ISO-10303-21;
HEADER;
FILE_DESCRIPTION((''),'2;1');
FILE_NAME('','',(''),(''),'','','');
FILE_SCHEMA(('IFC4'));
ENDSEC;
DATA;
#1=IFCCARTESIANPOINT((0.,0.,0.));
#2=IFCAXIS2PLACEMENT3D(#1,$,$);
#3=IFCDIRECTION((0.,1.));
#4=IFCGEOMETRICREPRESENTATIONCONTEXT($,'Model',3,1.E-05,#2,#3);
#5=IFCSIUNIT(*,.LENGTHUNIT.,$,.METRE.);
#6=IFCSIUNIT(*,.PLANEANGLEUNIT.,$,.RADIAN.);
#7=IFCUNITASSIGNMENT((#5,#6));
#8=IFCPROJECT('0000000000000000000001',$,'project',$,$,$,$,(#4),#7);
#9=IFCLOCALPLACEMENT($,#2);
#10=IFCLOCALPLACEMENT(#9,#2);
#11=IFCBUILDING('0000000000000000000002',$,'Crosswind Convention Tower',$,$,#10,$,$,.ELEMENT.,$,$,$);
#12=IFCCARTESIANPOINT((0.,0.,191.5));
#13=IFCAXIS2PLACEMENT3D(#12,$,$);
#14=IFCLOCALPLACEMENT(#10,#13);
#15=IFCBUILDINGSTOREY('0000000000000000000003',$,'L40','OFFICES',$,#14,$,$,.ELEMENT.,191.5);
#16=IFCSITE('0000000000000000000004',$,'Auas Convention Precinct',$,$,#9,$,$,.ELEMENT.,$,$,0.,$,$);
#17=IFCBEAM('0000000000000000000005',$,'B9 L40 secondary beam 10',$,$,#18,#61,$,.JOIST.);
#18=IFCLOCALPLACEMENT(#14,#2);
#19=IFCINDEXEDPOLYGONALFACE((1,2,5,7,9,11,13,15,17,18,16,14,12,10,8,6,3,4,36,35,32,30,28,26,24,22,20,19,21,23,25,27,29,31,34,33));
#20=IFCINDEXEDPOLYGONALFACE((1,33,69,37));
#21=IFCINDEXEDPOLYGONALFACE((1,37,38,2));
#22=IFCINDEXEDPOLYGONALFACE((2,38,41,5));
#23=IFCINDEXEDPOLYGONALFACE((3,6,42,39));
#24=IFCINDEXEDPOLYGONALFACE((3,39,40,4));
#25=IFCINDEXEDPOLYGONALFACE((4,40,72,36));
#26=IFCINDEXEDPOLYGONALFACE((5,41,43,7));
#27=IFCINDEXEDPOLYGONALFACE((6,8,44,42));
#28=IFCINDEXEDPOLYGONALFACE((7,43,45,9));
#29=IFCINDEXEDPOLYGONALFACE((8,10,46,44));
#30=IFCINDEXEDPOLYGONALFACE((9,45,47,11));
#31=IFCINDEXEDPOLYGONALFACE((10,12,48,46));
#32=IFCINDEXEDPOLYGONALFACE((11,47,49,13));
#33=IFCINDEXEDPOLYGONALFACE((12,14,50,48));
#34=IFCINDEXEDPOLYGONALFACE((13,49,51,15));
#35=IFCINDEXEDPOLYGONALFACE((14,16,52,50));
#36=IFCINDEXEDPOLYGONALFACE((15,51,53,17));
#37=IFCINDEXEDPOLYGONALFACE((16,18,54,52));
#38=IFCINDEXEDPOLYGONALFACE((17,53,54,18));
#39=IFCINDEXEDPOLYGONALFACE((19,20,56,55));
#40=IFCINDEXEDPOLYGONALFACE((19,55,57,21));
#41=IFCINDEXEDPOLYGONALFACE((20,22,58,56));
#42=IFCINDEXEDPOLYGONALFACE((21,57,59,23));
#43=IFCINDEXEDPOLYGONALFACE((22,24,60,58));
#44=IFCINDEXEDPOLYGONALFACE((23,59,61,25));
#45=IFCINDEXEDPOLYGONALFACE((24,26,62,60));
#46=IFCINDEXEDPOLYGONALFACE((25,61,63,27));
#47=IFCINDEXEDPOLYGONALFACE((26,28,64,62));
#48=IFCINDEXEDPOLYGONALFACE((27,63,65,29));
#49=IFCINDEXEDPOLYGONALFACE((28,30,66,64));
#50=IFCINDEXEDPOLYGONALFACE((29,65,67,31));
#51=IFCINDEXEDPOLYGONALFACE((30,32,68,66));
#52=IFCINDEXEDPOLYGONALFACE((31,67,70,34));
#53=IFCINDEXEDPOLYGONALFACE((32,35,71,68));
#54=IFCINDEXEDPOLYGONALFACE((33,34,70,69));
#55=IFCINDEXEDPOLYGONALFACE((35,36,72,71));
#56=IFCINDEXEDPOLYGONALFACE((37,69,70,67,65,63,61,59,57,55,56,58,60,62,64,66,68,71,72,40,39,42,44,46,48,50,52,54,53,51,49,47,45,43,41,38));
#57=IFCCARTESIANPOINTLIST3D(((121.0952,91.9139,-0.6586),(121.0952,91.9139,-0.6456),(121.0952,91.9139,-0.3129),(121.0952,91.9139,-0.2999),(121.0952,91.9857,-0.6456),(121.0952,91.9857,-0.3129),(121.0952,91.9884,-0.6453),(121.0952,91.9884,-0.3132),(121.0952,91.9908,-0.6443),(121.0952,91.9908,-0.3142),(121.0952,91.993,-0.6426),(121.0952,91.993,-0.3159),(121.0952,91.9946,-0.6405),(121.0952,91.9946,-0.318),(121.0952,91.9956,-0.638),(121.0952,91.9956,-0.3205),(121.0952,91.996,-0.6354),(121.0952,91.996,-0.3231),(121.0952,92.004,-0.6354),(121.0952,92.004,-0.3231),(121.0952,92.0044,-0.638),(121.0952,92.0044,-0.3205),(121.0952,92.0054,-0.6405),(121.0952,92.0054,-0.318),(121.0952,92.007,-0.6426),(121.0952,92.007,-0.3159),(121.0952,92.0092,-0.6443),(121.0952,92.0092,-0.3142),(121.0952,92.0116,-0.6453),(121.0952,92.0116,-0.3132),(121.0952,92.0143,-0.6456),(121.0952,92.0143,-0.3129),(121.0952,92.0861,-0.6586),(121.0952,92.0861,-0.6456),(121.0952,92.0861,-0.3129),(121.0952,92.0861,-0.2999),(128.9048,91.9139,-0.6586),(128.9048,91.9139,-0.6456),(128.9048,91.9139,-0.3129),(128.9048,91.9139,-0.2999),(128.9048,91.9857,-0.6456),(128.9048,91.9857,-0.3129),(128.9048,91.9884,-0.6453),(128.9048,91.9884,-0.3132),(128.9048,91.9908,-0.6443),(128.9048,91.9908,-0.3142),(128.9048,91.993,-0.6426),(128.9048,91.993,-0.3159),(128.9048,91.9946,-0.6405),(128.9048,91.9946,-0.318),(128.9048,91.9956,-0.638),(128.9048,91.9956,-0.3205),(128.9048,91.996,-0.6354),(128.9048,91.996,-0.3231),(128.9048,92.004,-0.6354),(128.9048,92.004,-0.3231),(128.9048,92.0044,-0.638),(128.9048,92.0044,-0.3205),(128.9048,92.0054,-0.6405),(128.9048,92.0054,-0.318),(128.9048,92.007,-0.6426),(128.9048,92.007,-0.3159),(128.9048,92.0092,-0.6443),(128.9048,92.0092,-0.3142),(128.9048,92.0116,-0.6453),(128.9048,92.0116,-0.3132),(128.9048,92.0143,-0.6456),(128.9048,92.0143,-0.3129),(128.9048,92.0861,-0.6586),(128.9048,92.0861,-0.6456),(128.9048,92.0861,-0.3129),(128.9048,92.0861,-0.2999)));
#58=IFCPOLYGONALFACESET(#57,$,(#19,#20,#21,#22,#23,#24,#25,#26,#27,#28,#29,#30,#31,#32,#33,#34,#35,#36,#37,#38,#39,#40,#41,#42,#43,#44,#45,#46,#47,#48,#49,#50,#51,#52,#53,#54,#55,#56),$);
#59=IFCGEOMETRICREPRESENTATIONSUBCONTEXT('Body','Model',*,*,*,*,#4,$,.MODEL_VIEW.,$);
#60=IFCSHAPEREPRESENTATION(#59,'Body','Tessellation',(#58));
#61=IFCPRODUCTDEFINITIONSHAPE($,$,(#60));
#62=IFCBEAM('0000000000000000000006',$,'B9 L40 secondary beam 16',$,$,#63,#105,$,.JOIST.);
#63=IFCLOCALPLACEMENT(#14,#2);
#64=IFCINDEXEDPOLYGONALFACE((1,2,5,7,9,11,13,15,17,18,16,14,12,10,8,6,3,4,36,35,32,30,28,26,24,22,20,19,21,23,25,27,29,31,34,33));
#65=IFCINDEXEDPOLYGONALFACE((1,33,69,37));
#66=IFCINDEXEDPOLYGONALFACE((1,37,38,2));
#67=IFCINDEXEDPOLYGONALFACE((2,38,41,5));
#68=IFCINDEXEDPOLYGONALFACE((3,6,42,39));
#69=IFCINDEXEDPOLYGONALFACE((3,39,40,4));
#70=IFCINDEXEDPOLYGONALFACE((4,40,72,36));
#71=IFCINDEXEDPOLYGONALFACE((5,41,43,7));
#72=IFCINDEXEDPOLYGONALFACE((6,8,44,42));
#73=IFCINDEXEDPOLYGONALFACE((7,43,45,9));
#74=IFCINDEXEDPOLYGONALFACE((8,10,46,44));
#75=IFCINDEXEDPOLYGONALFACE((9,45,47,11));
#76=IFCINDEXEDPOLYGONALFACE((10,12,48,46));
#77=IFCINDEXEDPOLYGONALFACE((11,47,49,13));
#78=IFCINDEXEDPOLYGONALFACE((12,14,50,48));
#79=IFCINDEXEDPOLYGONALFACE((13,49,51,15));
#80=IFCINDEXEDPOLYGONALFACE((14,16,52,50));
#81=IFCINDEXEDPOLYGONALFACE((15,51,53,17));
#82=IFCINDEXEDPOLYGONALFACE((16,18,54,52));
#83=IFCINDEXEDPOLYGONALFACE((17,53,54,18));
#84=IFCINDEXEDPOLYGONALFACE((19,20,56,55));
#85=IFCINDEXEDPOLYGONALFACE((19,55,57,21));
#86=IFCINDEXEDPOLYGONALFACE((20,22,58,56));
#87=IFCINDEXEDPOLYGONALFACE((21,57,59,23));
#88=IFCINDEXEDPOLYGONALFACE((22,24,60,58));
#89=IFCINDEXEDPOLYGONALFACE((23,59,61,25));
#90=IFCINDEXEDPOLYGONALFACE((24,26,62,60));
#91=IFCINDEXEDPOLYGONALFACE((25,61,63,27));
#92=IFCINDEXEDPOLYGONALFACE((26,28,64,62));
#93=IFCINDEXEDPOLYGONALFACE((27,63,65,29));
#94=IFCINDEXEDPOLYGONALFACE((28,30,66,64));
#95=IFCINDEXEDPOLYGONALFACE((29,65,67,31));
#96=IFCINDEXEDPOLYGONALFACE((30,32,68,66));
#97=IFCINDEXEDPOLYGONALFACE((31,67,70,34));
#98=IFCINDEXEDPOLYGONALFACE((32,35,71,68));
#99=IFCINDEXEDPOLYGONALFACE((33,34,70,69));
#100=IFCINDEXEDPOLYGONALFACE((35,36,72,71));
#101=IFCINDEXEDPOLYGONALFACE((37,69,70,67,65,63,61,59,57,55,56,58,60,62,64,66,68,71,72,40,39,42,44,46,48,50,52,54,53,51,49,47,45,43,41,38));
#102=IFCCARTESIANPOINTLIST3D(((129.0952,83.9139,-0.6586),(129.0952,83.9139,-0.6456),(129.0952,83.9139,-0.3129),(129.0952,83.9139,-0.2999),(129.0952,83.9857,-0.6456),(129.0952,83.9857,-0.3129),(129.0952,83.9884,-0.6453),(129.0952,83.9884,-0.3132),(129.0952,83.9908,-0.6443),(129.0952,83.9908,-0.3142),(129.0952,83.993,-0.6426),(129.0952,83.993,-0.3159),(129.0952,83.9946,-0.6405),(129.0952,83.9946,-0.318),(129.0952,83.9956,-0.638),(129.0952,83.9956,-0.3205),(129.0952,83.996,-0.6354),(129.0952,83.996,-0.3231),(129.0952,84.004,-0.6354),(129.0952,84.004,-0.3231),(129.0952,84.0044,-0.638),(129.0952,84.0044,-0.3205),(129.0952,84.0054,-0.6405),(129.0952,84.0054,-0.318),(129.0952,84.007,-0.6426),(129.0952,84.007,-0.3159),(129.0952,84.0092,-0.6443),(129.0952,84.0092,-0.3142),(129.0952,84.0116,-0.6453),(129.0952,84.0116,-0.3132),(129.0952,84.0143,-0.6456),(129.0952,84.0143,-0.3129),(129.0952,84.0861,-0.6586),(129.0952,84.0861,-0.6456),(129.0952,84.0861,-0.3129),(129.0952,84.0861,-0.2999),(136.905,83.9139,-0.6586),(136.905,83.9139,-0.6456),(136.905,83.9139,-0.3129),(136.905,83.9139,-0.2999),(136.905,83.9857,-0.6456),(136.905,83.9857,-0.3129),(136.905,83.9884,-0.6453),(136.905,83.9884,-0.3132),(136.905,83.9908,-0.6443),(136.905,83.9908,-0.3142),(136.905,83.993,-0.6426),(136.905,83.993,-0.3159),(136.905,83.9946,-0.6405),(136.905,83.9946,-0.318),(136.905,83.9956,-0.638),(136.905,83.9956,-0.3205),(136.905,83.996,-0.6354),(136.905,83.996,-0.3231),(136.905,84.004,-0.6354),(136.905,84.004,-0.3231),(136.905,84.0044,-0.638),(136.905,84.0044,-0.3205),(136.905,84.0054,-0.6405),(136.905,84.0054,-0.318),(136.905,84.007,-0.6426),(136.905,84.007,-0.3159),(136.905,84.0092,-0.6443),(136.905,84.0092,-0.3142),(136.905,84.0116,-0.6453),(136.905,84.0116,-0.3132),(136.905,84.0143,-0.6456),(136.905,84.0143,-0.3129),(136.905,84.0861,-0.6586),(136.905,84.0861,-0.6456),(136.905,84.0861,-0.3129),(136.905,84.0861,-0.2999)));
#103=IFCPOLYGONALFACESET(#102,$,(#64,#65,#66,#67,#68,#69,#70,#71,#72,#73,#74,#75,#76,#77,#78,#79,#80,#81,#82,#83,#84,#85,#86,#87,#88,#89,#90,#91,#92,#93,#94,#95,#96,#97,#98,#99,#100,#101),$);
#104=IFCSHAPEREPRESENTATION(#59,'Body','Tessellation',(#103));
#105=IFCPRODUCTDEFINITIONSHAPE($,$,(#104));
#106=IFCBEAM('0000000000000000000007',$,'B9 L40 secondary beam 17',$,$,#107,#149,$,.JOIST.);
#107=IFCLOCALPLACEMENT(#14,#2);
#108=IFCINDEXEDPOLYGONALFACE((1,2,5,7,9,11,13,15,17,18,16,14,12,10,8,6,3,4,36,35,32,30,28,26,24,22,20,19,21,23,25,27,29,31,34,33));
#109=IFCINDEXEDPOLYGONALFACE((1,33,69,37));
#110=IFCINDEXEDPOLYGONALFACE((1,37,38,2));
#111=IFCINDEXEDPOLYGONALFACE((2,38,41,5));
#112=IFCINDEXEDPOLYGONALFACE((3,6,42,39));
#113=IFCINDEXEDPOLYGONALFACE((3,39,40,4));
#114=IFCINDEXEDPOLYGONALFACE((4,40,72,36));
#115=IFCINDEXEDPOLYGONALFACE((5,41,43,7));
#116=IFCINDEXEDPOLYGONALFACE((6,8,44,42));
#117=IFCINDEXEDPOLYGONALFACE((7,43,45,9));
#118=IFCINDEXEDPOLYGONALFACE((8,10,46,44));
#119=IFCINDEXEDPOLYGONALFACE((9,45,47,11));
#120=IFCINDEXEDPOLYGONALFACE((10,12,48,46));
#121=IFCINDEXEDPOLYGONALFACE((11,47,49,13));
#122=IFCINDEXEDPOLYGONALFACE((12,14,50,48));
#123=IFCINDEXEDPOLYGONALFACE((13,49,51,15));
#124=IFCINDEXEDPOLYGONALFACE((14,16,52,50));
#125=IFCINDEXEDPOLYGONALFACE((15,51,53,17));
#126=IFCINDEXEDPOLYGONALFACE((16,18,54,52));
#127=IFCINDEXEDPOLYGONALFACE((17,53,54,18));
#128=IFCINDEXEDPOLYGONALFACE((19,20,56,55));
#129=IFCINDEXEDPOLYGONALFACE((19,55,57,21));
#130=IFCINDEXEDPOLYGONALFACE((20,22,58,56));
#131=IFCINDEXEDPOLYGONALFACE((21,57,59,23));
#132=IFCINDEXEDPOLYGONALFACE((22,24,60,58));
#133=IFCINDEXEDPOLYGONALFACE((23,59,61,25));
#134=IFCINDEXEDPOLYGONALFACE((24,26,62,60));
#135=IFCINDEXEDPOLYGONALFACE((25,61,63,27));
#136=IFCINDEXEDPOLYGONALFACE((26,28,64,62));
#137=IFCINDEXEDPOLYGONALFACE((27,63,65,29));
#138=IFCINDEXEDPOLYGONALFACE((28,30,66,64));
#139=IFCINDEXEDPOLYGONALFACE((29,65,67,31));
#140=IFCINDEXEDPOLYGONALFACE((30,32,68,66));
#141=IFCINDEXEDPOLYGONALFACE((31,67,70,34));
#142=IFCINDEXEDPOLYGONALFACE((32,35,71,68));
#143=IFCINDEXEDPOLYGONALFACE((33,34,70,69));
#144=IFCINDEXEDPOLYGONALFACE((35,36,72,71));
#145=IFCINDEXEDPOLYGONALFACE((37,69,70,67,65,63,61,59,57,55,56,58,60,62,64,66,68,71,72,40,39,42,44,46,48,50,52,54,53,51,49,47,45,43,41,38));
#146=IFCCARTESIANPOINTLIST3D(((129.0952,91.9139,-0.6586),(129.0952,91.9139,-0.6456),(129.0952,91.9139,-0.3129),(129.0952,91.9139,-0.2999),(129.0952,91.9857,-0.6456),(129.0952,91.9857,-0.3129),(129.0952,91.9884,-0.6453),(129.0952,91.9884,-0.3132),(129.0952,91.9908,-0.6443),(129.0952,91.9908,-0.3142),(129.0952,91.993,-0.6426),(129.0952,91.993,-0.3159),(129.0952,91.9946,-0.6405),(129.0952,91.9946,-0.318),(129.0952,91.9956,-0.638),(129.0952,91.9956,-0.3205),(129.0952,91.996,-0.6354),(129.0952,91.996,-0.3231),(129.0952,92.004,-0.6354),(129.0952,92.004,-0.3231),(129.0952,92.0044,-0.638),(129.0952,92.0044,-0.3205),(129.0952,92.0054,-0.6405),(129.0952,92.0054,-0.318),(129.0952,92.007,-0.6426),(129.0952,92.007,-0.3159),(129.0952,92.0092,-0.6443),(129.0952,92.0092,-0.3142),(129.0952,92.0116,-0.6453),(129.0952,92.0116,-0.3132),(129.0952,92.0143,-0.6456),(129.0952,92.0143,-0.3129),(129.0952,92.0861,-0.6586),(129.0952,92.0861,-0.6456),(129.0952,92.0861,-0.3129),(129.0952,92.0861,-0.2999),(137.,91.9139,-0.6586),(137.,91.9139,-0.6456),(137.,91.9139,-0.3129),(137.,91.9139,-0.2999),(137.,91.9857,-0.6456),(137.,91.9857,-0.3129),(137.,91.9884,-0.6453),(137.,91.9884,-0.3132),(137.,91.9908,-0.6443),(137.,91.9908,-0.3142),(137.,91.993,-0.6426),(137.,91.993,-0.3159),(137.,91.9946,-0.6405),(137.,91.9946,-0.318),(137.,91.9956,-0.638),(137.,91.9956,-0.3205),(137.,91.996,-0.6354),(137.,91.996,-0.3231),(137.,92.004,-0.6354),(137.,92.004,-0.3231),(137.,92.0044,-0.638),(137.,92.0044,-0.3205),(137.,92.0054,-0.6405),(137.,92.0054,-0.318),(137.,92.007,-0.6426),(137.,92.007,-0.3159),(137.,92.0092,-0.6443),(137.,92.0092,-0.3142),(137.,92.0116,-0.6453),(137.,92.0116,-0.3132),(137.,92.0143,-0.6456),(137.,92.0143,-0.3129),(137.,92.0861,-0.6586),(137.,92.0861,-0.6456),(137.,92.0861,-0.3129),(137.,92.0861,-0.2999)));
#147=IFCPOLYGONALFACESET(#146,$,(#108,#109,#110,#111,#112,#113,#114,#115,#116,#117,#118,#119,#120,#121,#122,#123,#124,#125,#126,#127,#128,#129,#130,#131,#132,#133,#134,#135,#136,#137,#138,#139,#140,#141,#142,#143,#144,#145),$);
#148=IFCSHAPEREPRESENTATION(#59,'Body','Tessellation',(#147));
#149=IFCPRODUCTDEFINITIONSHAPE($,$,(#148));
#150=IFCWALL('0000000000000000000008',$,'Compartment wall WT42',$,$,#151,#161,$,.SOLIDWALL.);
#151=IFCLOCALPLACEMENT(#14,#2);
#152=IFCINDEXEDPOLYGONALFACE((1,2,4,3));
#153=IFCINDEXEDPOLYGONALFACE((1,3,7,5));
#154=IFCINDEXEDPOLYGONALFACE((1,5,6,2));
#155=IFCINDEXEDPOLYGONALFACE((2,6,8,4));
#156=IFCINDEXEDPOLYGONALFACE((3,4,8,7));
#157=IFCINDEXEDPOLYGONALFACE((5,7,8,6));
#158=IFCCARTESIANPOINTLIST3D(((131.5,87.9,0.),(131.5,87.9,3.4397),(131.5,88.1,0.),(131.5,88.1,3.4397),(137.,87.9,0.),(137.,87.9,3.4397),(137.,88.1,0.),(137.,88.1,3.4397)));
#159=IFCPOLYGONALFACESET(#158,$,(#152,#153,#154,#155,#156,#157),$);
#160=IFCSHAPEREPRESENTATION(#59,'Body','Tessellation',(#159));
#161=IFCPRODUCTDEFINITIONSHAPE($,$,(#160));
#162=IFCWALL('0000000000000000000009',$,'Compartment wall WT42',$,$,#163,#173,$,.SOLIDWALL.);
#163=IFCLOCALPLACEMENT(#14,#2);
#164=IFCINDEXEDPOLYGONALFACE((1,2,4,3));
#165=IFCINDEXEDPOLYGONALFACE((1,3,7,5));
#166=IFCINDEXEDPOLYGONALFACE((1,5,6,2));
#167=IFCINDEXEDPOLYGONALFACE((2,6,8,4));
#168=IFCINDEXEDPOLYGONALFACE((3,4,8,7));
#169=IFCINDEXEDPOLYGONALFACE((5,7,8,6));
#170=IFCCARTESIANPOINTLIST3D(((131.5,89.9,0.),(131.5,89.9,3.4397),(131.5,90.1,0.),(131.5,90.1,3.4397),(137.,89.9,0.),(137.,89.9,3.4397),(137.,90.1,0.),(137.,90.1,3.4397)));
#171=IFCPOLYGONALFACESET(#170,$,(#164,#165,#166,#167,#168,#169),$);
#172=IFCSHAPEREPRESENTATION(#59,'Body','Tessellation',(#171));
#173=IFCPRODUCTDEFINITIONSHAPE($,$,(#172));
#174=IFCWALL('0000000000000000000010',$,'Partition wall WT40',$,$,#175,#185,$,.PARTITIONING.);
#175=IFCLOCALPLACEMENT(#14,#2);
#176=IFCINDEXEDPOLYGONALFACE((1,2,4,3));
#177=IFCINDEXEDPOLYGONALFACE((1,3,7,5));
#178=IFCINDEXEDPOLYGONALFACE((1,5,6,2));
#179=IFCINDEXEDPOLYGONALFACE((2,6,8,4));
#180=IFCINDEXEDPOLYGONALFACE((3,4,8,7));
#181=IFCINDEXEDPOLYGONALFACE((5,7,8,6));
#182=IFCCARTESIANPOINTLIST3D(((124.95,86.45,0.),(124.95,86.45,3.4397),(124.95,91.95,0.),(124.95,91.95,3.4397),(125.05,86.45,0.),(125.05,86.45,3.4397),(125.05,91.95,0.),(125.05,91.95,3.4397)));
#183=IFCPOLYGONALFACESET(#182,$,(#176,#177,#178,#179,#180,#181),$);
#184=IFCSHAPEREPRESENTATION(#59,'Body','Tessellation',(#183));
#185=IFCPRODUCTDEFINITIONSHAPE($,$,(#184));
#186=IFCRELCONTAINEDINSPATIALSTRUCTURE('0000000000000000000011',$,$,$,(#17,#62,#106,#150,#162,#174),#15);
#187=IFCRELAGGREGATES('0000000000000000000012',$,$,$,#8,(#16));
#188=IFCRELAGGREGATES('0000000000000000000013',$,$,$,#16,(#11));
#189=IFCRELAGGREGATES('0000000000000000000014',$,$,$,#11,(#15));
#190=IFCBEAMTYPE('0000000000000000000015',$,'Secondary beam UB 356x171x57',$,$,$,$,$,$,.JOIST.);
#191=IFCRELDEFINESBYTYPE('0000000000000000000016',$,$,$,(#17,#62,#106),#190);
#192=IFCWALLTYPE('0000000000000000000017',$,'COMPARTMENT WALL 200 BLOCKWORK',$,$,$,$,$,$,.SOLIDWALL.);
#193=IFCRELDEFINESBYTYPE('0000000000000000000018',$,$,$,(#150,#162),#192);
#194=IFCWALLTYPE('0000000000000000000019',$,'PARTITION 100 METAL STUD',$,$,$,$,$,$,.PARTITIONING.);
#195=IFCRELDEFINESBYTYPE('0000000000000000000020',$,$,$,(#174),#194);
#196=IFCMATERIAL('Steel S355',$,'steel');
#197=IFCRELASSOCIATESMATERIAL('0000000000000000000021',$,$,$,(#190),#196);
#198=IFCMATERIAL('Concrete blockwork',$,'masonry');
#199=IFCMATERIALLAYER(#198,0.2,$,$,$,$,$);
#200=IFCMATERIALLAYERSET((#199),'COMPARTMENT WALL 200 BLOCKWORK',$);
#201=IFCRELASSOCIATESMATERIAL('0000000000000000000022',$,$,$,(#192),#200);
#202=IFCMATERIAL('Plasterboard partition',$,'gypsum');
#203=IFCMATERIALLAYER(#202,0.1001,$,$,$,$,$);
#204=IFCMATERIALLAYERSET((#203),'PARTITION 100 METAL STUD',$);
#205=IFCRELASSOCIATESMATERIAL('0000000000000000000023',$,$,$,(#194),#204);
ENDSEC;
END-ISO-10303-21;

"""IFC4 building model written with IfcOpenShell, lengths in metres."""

from ifc_helpers import new_model, si_unit, direction, frame, frame_2d, origin, origin_2d, place, context, subcontext, project, spatial, rectangle, i_section, extrude, material, layer, layer_set, material_profile, profile_set, type_object, element, save


model = new_model("IFC4")

# Units and contexts
model_context = context("Model", 3, precision=1e-05, world=origin(), true_north=direction((0.0, 1.0)))
body_context = subcontext(model_context, "Body", "Model", "MODEL_VIEW")
ifc_project = project(units=[si_unit("LENGTHUNIT", "METRE"), si_unit("PLANEANGLEUNIT", "RADIAN")], contexts=[model_context])

# Site, building, storey
site_placement = place(None, origin())
site = spatial("IfcSite", under=ifc_project, at=site_placement, Name="Auas Convention Precinct", CompositionType="ELEMENT", RefElevation=0.0)
building_placement = place(site_placement, origin())
building = spatial("IfcBuilding", under=site, at=building_placement, Name="Crosswind Convention Tower", CompositionType="ELEMENT")
storey_placement = place(building_placement, frame((0.0, 0.0, 191.5)))
storey = spatial("IfcBuildingStorey", under=building, at=storey_placement, Name="L40", Description="OFFICES", CompositionType="ELEMENT", Elevation=191.5)

# Beams
ifc_material_1 = material(Name="Steel S355", Category="steel")
ifc_material_profile_1 = material_profile(ifc_material_1, i_section(OverallWidth=0.1721, OverallDepth=0.3586, WebThickness=0.0081, FlangeThickness=0.0129, FilletRadius=0.0103, at=origin_2d()), Name="UB 356x171x57")
ifc_profile_set_1 = profile_set([ifc_material_profile_1], Name="Steel S355")
beam_type_1 = type_object("IfcBeamType", Name="Secondary beam UB 356x171x57", PredefinedType="JOIST", material=ifc_profile_set_1)
for number, where, z_axis, x_axis, name in (
    (1, (121.0952, 92.0, -0.4792), (1.0, 0.0, 0.0), (0.0, 1.0, 0.0), "B9 L40 secondary beam 10"),
):
    element("IfcBeam", number, at=place(storey_placement, frame(where, z_axis=z_axis, x_axis=x_axis)), inside=storey, type_object=beam_type_1, Name=name, PredefinedType="JOIST", context=body_context, shape_type="SweptSolid", body=[
        extrude(i_section(OverallWidth=0.1721, OverallDepth=0.3586, WebThickness=0.0081, FlangeThickness=0.0129, FilletRadius=0.0103, at=origin_2d()), origin(), (0.0, 0.0, 1.0), 7.8096),
    ])
beam_1_placement = place(storey_placement, frame((129.0952, 84.0, -0.4792), z_axis=(1.0, 0.0, 0.0), x_axis=(0.0, 1.0, 0.0)))
element("IfcBeam", 2, at=beam_1_placement, inside=storey, type_object=beam_type_1, Name="B9 L40 secondary beam 16", PredefinedType="JOIST", context=body_context, shape_type="SweptSolid", body=[
    extrude(i_section(OverallWidth=0.1721, OverallDepth=0.3586, WebThickness=0.0081, FlangeThickness=0.0129, FilletRadius=0.0103, at=origin_2d()), origin(), (0.0, 0.0, 1.0), 7.8098),
])
beam_2_placement = place(storey_placement, frame((129.0952, 92.0, -0.4792), z_axis=(1.0, 0.0, 0.0), x_axis=(0.0, 1.0, 0.0)))
element("IfcBeam", 3, at=beam_2_placement, inside=storey, type_object=beam_type_1, Name="B9 L40 secondary beam 17", PredefinedType="JOIST", context=body_context, shape_type="SweptSolid", body=[
    extrude(i_section(OverallWidth=0.1721, OverallDepth=0.3586, WebThickness=0.0081, FlangeThickness=0.0129, FilletRadius=0.0103, at=origin_2d()), origin(), (0.0, 0.0, 1.0), 7.9048),
])

# Walls
ifc_material_2 = material(Name="Concrete blockwork", Category="masonry")
ifc_layer_1 = layer(ifc_material_2, 0.2)
ifc_layer_set_1 = layer_set([ifc_layer_1], Name="COMPARTMENT WALL 200 BLOCKWORK")
wall_type_1 = type_object("IfcWallType", Name="COMPARTMENT WALL 200 BLOCKWORK", PredefinedType="SOLIDWALL", material=ifc_layer_set_1)
for number, where, z_axis, x_axis, name in (
    (4, (131.5, 88.0, 0.0), (0.0, 0.0, 1.0), (1.0, 0.0, 0.0), "Compartment wall WT42"),
    (5, (131.5, 90.0, 0.0), (0.0, 0.0, 1.0), (1.0, 0.0, 0.0), "Compartment wall WT42"),
):
    element("IfcWall", number, at=place(storey_placement, frame(where, z_axis=z_axis, x_axis=x_axis)), inside=storey, type_object=wall_type_1, Name=name, PredefinedType="SOLIDWALL", context=body_context, shape_type="SweptSolid", body=[
        extrude(rectangle(XDim=5.5, YDim=0.2, at=frame_2d((2.75, 0.0))), origin(), (0.0, 0.0, 1.0), 3.4397),
    ])
ifc_material_3 = material(Name="Plasterboard partition", Category="gypsum")
ifc_layer_2 = layer(ifc_material_3, 0.1001)
ifc_layer_set_2 = layer_set([ifc_layer_2], Name="PARTITION 100 METAL STUD")
wall_type_2 = type_object("IfcWallType", Name="PARTITION 100 METAL STUD", PredefinedType="PARTITIONING", material=ifc_layer_set_2)
wall_1_placement = place(storey_placement, frame((125.0, 86.45, 0.0), z_axis=(0.0, 0.0, 1.0), x_axis=(0.0, 1.0, 0.0)))
element("IfcWall", 6, at=wall_1_placement, inside=storey, type_object=wall_type_2, Name="Partition wall WT40", PredefinedType="PARTITIONING", context=body_context, shape_type="SweptSolid", body=[
    extrude(rectangle(XDim=5.5, YDim=0.1001, at=frame_2d((2.75, 0.0))), origin(), (0.0, 0.0, 1.0), 3.4397),
])

save(model, "model.ifc")
